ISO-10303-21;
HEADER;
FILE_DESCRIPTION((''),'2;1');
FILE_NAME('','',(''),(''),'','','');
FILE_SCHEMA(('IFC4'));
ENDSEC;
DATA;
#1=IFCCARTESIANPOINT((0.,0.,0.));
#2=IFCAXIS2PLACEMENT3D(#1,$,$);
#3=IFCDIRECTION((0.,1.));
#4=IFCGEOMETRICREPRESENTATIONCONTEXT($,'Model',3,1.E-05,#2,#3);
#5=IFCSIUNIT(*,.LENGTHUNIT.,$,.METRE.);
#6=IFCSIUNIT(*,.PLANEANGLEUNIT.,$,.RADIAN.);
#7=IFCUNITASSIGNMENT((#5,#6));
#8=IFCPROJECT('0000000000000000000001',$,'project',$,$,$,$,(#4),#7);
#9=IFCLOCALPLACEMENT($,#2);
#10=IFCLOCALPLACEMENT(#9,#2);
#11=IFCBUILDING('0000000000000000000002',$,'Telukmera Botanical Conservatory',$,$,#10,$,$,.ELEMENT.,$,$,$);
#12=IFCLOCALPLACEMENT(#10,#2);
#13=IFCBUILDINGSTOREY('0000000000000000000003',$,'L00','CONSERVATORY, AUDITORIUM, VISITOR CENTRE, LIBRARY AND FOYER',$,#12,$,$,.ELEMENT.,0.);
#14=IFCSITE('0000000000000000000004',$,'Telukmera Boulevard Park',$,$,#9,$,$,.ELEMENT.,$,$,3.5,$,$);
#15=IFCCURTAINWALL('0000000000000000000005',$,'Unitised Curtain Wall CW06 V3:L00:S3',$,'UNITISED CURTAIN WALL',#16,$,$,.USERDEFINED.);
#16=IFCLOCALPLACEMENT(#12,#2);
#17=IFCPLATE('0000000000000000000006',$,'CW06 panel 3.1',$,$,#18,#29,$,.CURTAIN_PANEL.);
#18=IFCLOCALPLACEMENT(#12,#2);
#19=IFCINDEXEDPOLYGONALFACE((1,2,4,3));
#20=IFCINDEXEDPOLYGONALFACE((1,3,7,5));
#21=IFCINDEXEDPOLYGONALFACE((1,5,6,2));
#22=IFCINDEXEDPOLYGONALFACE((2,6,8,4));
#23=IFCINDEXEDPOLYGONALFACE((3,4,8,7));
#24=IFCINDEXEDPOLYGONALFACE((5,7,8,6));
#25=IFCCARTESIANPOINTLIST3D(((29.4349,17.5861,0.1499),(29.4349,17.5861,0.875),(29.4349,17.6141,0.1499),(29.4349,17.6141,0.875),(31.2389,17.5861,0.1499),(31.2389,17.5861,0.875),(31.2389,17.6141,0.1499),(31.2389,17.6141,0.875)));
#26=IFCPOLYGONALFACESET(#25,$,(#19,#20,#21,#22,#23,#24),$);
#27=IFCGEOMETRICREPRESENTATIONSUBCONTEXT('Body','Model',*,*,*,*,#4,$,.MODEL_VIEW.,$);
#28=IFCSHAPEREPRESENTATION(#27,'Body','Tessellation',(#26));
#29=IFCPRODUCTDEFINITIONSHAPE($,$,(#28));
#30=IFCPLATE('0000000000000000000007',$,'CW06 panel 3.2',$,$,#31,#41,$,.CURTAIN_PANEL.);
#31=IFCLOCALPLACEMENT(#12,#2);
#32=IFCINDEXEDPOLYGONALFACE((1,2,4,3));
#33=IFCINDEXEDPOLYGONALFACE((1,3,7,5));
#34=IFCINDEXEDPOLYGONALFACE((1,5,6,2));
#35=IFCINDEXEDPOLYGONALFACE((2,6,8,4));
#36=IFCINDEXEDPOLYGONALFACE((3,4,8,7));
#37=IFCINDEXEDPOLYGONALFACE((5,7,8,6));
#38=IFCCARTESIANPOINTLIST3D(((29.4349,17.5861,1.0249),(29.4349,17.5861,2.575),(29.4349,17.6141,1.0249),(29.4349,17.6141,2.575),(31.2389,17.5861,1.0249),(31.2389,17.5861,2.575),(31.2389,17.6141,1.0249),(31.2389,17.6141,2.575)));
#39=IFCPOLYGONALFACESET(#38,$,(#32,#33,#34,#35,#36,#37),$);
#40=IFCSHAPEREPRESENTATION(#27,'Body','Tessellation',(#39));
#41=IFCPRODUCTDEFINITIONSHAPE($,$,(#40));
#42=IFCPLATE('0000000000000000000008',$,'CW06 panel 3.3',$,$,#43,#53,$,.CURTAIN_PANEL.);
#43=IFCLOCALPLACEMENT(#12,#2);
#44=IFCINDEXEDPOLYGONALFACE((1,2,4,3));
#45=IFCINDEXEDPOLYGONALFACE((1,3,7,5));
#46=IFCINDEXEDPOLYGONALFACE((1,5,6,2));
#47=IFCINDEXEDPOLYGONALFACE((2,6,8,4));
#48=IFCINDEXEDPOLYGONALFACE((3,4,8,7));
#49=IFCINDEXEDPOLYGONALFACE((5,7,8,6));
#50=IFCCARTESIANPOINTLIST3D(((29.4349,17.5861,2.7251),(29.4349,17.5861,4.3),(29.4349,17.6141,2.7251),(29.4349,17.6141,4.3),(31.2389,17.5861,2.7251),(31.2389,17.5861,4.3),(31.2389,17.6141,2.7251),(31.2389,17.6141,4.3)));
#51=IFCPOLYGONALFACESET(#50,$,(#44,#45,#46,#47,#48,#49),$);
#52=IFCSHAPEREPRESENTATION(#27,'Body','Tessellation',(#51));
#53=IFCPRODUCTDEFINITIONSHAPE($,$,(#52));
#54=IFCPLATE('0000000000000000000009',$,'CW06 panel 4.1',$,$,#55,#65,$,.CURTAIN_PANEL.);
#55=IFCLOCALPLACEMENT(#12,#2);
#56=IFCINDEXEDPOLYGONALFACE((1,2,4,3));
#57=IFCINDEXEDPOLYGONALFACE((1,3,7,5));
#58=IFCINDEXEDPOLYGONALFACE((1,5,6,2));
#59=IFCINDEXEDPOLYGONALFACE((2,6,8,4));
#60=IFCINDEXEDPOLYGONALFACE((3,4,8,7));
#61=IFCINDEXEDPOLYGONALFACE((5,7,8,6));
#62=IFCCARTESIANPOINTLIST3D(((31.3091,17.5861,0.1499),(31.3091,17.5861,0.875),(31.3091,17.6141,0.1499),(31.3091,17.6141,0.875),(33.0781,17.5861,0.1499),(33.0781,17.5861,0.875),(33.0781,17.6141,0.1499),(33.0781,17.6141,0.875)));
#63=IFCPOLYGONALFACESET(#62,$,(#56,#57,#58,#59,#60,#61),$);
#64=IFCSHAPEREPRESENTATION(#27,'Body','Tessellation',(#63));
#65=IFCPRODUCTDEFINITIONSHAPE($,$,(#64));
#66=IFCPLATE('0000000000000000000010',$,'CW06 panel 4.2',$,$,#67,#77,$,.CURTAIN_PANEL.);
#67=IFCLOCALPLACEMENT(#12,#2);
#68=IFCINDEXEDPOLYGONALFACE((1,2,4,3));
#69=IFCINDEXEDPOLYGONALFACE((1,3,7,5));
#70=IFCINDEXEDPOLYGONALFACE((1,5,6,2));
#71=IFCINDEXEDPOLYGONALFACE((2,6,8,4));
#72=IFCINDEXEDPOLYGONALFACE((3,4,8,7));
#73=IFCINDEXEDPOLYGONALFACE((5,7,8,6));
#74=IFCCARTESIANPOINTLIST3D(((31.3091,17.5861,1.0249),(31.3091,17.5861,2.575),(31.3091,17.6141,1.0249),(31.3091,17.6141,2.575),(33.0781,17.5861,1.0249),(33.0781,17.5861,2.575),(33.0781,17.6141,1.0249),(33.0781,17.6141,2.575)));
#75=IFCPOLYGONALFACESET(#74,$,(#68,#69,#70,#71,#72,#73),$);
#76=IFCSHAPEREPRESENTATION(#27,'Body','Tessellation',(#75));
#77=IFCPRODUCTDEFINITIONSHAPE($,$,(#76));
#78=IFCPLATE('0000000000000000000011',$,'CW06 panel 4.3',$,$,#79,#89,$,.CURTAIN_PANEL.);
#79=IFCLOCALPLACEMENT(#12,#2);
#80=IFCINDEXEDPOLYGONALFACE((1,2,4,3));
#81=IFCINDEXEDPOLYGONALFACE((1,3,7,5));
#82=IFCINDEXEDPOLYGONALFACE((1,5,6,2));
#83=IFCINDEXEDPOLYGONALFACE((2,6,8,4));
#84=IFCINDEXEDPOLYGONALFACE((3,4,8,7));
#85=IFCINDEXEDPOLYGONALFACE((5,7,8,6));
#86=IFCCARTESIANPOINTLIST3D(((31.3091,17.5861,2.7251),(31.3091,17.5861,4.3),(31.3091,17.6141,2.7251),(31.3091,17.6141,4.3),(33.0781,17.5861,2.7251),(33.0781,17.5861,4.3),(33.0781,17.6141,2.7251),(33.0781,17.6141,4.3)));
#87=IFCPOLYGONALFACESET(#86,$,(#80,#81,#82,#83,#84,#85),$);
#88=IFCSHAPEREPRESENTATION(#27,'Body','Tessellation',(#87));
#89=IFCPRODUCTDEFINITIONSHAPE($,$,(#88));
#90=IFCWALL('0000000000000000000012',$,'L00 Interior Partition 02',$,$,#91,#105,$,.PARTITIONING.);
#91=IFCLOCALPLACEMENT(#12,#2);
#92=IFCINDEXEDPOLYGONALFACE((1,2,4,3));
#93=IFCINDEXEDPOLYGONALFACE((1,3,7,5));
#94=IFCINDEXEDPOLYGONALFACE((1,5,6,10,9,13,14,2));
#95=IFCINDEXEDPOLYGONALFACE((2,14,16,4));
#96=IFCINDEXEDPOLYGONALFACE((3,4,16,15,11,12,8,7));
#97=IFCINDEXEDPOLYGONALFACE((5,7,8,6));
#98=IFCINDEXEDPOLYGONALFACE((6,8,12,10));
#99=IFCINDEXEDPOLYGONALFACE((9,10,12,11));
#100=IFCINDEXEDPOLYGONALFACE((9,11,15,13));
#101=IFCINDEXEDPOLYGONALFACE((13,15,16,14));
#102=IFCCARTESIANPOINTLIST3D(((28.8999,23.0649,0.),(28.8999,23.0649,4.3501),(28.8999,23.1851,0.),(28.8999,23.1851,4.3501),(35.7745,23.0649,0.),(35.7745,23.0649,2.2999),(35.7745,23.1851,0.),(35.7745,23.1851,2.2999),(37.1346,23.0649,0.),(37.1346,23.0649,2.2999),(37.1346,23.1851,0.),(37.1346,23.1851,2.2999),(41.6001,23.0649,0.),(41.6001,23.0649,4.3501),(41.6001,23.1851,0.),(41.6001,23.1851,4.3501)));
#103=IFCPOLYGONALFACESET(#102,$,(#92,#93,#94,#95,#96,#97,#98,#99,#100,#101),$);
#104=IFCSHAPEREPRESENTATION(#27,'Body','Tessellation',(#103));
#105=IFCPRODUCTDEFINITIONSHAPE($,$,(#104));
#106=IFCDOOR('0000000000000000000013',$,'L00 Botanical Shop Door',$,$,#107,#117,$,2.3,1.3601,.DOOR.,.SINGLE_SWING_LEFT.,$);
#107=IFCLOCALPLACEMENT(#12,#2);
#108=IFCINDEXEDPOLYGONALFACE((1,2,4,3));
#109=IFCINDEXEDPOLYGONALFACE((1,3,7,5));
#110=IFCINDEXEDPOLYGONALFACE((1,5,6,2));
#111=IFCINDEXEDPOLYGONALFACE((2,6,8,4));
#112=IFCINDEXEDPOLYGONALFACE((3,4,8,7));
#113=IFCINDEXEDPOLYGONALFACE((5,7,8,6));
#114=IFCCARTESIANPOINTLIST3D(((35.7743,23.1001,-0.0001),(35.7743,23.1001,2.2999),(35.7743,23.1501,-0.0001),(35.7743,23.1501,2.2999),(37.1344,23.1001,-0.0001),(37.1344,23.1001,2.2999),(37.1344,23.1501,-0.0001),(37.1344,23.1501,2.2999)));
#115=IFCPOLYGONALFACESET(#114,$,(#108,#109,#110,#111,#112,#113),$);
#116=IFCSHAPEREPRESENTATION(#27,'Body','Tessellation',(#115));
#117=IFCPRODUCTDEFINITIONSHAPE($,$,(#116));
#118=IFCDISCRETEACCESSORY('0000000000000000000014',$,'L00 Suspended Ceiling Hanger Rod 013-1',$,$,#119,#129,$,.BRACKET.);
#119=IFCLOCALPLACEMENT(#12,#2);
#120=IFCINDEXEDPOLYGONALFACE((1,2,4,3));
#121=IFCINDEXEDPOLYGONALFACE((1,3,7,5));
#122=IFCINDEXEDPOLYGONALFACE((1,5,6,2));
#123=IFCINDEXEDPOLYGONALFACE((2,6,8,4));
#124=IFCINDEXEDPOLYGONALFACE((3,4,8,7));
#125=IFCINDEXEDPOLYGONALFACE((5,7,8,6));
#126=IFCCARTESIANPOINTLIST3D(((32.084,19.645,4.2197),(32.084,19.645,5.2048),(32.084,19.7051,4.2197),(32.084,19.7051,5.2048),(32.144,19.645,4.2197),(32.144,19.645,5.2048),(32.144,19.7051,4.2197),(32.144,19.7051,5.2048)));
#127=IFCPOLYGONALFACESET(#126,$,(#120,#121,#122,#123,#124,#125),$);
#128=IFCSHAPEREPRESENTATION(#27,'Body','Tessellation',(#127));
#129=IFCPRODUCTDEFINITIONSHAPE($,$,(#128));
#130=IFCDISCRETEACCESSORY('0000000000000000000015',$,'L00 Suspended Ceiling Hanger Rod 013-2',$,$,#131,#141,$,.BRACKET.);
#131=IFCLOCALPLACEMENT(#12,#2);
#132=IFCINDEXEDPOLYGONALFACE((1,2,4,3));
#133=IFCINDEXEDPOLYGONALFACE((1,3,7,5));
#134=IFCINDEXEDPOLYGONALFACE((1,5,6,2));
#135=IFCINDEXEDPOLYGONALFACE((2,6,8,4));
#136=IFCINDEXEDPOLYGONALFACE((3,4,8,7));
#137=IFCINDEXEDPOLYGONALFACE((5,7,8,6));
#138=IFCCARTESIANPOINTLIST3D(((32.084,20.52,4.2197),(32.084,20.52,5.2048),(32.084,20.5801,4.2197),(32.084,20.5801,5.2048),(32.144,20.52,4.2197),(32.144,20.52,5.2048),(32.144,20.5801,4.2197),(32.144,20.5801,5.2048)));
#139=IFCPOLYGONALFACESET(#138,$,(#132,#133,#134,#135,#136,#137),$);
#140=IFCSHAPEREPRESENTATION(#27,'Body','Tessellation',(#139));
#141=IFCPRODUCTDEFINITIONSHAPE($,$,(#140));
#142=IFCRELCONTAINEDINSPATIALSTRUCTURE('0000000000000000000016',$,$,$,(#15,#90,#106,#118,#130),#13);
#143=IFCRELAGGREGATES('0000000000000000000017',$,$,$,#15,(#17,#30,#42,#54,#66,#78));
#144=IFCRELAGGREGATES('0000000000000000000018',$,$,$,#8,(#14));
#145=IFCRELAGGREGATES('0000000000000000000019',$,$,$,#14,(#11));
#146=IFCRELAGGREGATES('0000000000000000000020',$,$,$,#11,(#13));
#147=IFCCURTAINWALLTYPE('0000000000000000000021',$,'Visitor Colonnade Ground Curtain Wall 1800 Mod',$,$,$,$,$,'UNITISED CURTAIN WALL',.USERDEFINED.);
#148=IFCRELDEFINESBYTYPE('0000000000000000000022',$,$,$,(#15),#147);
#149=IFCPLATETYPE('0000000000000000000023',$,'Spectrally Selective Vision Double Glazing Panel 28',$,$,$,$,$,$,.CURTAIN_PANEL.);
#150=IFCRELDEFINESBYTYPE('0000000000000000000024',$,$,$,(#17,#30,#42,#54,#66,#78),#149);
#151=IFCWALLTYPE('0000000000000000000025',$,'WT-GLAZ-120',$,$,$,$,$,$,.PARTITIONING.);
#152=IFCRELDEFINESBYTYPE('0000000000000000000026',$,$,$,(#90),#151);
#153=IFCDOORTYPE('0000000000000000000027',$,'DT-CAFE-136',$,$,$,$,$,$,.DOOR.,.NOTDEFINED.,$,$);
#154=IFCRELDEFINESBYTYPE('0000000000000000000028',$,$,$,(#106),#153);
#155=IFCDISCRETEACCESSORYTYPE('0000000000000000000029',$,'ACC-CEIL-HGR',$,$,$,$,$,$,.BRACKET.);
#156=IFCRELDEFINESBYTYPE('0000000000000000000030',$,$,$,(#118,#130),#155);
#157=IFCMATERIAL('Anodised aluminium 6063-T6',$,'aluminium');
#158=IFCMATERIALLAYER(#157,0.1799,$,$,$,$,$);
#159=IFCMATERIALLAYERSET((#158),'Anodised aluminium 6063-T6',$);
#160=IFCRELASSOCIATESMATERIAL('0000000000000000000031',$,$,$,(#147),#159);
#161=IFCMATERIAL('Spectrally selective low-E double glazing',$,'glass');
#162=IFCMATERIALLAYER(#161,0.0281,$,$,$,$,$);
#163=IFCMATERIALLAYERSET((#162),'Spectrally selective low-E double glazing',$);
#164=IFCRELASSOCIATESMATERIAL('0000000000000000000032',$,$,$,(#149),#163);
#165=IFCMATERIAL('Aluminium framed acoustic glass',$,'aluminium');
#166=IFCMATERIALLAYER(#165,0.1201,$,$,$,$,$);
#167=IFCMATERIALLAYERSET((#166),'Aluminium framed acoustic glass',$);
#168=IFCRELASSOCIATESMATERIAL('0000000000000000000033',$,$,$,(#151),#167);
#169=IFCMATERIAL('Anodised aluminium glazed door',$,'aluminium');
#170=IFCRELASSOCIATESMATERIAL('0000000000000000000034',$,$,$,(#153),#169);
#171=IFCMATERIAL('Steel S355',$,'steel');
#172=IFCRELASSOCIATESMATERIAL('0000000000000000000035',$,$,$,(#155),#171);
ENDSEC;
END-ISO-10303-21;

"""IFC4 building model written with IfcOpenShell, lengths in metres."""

from ifc_helpers import new_model, si_unit, direction, frame, frame_2d, origin, origin_2d, place, context, subcontext, project, spatial, rectangle, extrude, material, layer, layer_set, type_object, element, fill, aggregate, save


model = new_model("IFC4")

# Units and contexts
model_context = context("Model", 3, precision=1e-05, world=origin(), true_north=direction((0.0, 1.0)))
body_context = subcontext(model_context, "Body", "Model", "MODEL_VIEW")
ifc_project = project(units=[si_unit("LENGTHUNIT", "METRE"), si_unit("PLANEANGLEUNIT", "RADIAN")], contexts=[model_context])

# Site, building, storey
site_placement = place(None, origin())
site = spatial("IfcSite", under=ifc_project, at=site_placement, Name="Telukmera Boulevard Park", CompositionType="ELEMENT", RefElevation=3.5)
building_placement = place(site_placement, origin())
building = spatial("IfcBuilding", under=site, at=building_placement, Name="Telukmera Botanical Conservatory", CompositionType="ELEMENT")
storey_placement = place(building_placement, origin())
storey = spatial("IfcBuildingStorey", under=building, at=storey_placement, Name="L00", Description="CONSERVATORY, AUDITORIUM, VISITOR CENTRE, LIBRARY AND FOYER", CompositionType="ELEMENT", Elevation=0.0)

# Curtain wall, plates
ifc_material_1 = material(Name="Anodised aluminium 6063-T6", Category="aluminium")
ifc_layer_1 = layer(ifc_material_1, 0.1799)
ifc_layer_set_1 = layer_set([ifc_layer_1], Name="Anodised aluminium 6063-T6")
curtain_wall_type = type_object("IfcCurtainWallType", Name="Visitor Colonnade Ground Curtain Wall 1800 Mod", ElementType="UNITISED CURTAIN WALL", PredefinedType="USERDEFINED", material=ifc_layer_set_1)
curtain_wall_placement = place(storey_placement, origin())
curtain_wall = element("IfcCurtainWall", 1, at=curtain_wall_placement, inside=storey, type_object=curtain_wall_type, Name="Unitised Curtain Wall CW06 V3:L00:S3", ObjectType="UNITISED CURTAIN WALL", PredefinedType="USERDEFINED")
ifc_material_2 = material(Name="Spectrally selective low-E double glazing", Category="glass")
ifc_layer_2 = layer(ifc_material_2, 0.0281)
ifc_layer_set_2 = layer_set([ifc_layer_2], Name="Spectrally selective low-E double glazing")
plate_type = type_object("IfcPlateType", Name="Spectrally Selective Vision Double Glazing Panel 28", PredefinedType="CURTAIN_PANEL", material=ifc_layer_set_2)
plate_1_placement = place(storey_placement, frame((30.3369, 17.6001, 0.1499), z_axis=(0.0, 0.0, 1.0), x_axis=(1.0, 0.0, 0.0)))
plate_1 = element("IfcPlate", 2, at=plate_1_placement, type_object=plate_type, Name="CW06 panel 3.1", PredefinedType="CURTAIN_PANEL", context=body_context, shape_type="SweptSolid", body=[
    extrude(rectangle(XDim=1.804, YDim=0.0281, at=origin_2d()), origin(), (0.0, 0.0, 1.0), 0.7251),
])
plate_2_placement = place(storey_placement, frame((30.3369, 17.6001, 1.0249), z_axis=(0.0, 0.0, 1.0), x_axis=(1.0, 0.0, 0.0)))
plate_2 = element("IfcPlate", 3, at=plate_2_placement, type_object=plate_type, Name="CW06 panel 3.2", PredefinedType="CURTAIN_PANEL", context=body_context, shape_type="SweptSolid", body=[
    extrude(rectangle(XDim=1.804, YDim=0.0281, at=origin_2d()), origin(), (0.0, 0.0, 1.0), 1.55),
])
plate_3_placement = place(storey_placement, frame((30.3369, 17.6001, 2.7251), z_axis=(0.0, 0.0, 1.0), x_axis=(1.0, 0.0, 0.0)))
plate_3 = element("IfcPlate", 4, at=plate_3_placement, type_object=plate_type, Name="CW06 panel 3.3", PredefinedType="CURTAIN_PANEL", context=body_context, shape_type="SweptSolid", body=[
    extrude(rectangle(XDim=1.804, YDim=0.0281, at=origin_2d()), origin(), (0.0, 0.0, 1.0), 1.575),
])
plate_4_placement = place(storey_placement, frame((32.1936, 17.6001, 0.1499), z_axis=(0.0, 0.0, 1.0), x_axis=(1.0, 0.0, 0.0)))
plate_4 = element("IfcPlate", 5, at=plate_4_placement, type_object=plate_type, Name="CW06 panel 4.1", PredefinedType="CURTAIN_PANEL", context=body_context, shape_type="SweptSolid", body=[
    extrude(rectangle(XDim=1.769, YDim=0.0281, at=origin_2d()), origin(), (0.0, 0.0, 1.0), 0.7251),
])
plate_5_placement = place(storey_placement, frame((32.1936, 17.6001, 1.0249), z_axis=(0.0, 0.0, 1.0), x_axis=(1.0, 0.0, 0.0)))
plate_5 = element("IfcPlate", 6, at=plate_5_placement, type_object=plate_type, Name="CW06 panel 4.2", PredefinedType="CURTAIN_PANEL", context=body_context, shape_type="SweptSolid", body=[
    extrude(rectangle(XDim=1.769, YDim=0.0281, at=origin_2d()), origin(), (0.0, 0.0, 1.0), 1.55),
])
plate_6_placement = place(storey_placement, frame((32.1936, 17.6001, 2.7251), z_axis=(0.0, 0.0, 1.0), x_axis=(1.0, 0.0, 0.0)))
plate_6 = element("IfcPlate", 7, at=plate_6_placement, type_object=plate_type, Name="CW06 panel 4.3", PredefinedType="CURTAIN_PANEL", context=body_context, shape_type="SweptSolid", body=[
    extrude(rectangle(XDim=1.769, YDim=0.0281, at=origin_2d()), origin(), (0.0, 0.0, 1.0), 1.575),
])
aggregate(curtain_wall, [plate_1, plate_2, plate_3, plate_4, plate_5, plate_6])

# Wall, opening, door
ifc_material_3 = material(Name="Aluminium framed acoustic glass", Category="aluminium")
ifc_layer_3 = layer(ifc_material_3, 0.1201)
ifc_layer_set_3 = layer_set([ifc_layer_3], Name="Aluminium framed acoustic glass")
wall_type = type_object("IfcWallType", Name="WT-GLAZ-120", PredefinedType="PARTITIONING", material=ifc_layer_set_3)
wall_placement = place(storey_placement, frame((28.8999, 23.125, 0.0), z_axis=(0.0, 0.0, 1.0), x_axis=(1.0, 0.0, 0.0)))
wall = element("IfcWall", 8, at=wall_placement, inside=storey, type_object=wall_type, Name="L00 Interior Partition 02", PredefinedType="PARTITIONING", context=body_context, shape_type="SweptSolid", body=[
    extrude(rectangle(XDim=12.7002, YDim=0.1201, at=frame_2d((6.3501, 0.0))), origin(), (0.0, 0.0, 1.0), 4.3501),
])
opening_placement = place(wall_placement, frame((6.8745, 0.0, 0.0)))
opening = element("IfcOpeningElement", 9, at=opening_placement, cuts=wall, PredefinedType="OPENING", context=body_context, shape_type="SweptSolid", body=[
    extrude(rectangle(XDim=1.3601, YDim=2.3, at=frame_2d((0.6802, 1.1499))), frame((0.0, 0.0701, 0.0), z_axis=(0.0, -1.0, 0.0), x_axis=(1.0, 0.0, 0.0)), (0.0, 0.0, 1.0), 0.1401),
])
ifc_material_4 = material(Name="Anodised aluminium glazed door", Category="aluminium")
door_type = type_object("IfcDoorType", Name="DT-CAFE-136", OperationType="NOTDEFINED", PredefinedType="DOOR", material=ifc_material_4)
door_placement = place(opening_placement, frame((1.3601, 0.0, 0.0), z_axis=(0.0, 0.0, 1.0), x_axis=(-1.0, 0.0, 0.0)))
door = element("IfcDoor", 10, at=door_placement, inside=storey, type_object=door_type, Name="L00 Botanical Shop Door", OperationType="SINGLE_SWING_LEFT", OverallHeight=2.3, OverallWidth=1.3601, PredefinedType="DOOR", context=body_context, shape_type="SweptSolid", body=[
    extrude(rectangle(XDim=1.3601, YDim=2.3, at=frame_2d((0.6802, 1.1499))), frame((0.0, 0.0249, 0.0), z_axis=(0.0, -1.0, 0.0), x_axis=(1.0, 0.0, 0.0)), (0.0, 0.0, 1.0), 0.05),
])
fill(opening, door)

# Discrete accessories
ifc_material_5 = material(Name="Steel S355", Category="steel")
discrete_accessory_type = type_object("IfcDiscreteAccessoryType", Name="ACC-CEIL-HGR", PredefinedType="BRACKET", material=ifc_material_5)
for number, where, z_axis, x_axis, name in (
    (11, (32.114, 19.675, 4.2197), (0.0, 0.0, 1.0), (1.0, 0.0, 0.0), "L00 Suspended Ceiling Hanger Rod 013-1"),
    (12, (32.114, 20.55, 4.2197), (0.0, 0.0, 1.0), (1.0, 0.0, 0.0), "L00 Suspended Ceiling Hanger Rod 013-2"),
):
    element("IfcDiscreteAccessory", number, at=place(storey_placement, frame(where, z_axis=z_axis, x_axis=x_axis)), inside=storey, type_object=discrete_accessory_type, Name=name, PredefinedType="BRACKET", context=body_context, shape_type="SweptSolid", body=[
        extrude(rectangle(XDim=0.0601, YDim=0.0601, at=origin_2d()), origin(), (0.0, 0.0, 1.0), 0.9851),
    ])

save(model, "model.ifc")
